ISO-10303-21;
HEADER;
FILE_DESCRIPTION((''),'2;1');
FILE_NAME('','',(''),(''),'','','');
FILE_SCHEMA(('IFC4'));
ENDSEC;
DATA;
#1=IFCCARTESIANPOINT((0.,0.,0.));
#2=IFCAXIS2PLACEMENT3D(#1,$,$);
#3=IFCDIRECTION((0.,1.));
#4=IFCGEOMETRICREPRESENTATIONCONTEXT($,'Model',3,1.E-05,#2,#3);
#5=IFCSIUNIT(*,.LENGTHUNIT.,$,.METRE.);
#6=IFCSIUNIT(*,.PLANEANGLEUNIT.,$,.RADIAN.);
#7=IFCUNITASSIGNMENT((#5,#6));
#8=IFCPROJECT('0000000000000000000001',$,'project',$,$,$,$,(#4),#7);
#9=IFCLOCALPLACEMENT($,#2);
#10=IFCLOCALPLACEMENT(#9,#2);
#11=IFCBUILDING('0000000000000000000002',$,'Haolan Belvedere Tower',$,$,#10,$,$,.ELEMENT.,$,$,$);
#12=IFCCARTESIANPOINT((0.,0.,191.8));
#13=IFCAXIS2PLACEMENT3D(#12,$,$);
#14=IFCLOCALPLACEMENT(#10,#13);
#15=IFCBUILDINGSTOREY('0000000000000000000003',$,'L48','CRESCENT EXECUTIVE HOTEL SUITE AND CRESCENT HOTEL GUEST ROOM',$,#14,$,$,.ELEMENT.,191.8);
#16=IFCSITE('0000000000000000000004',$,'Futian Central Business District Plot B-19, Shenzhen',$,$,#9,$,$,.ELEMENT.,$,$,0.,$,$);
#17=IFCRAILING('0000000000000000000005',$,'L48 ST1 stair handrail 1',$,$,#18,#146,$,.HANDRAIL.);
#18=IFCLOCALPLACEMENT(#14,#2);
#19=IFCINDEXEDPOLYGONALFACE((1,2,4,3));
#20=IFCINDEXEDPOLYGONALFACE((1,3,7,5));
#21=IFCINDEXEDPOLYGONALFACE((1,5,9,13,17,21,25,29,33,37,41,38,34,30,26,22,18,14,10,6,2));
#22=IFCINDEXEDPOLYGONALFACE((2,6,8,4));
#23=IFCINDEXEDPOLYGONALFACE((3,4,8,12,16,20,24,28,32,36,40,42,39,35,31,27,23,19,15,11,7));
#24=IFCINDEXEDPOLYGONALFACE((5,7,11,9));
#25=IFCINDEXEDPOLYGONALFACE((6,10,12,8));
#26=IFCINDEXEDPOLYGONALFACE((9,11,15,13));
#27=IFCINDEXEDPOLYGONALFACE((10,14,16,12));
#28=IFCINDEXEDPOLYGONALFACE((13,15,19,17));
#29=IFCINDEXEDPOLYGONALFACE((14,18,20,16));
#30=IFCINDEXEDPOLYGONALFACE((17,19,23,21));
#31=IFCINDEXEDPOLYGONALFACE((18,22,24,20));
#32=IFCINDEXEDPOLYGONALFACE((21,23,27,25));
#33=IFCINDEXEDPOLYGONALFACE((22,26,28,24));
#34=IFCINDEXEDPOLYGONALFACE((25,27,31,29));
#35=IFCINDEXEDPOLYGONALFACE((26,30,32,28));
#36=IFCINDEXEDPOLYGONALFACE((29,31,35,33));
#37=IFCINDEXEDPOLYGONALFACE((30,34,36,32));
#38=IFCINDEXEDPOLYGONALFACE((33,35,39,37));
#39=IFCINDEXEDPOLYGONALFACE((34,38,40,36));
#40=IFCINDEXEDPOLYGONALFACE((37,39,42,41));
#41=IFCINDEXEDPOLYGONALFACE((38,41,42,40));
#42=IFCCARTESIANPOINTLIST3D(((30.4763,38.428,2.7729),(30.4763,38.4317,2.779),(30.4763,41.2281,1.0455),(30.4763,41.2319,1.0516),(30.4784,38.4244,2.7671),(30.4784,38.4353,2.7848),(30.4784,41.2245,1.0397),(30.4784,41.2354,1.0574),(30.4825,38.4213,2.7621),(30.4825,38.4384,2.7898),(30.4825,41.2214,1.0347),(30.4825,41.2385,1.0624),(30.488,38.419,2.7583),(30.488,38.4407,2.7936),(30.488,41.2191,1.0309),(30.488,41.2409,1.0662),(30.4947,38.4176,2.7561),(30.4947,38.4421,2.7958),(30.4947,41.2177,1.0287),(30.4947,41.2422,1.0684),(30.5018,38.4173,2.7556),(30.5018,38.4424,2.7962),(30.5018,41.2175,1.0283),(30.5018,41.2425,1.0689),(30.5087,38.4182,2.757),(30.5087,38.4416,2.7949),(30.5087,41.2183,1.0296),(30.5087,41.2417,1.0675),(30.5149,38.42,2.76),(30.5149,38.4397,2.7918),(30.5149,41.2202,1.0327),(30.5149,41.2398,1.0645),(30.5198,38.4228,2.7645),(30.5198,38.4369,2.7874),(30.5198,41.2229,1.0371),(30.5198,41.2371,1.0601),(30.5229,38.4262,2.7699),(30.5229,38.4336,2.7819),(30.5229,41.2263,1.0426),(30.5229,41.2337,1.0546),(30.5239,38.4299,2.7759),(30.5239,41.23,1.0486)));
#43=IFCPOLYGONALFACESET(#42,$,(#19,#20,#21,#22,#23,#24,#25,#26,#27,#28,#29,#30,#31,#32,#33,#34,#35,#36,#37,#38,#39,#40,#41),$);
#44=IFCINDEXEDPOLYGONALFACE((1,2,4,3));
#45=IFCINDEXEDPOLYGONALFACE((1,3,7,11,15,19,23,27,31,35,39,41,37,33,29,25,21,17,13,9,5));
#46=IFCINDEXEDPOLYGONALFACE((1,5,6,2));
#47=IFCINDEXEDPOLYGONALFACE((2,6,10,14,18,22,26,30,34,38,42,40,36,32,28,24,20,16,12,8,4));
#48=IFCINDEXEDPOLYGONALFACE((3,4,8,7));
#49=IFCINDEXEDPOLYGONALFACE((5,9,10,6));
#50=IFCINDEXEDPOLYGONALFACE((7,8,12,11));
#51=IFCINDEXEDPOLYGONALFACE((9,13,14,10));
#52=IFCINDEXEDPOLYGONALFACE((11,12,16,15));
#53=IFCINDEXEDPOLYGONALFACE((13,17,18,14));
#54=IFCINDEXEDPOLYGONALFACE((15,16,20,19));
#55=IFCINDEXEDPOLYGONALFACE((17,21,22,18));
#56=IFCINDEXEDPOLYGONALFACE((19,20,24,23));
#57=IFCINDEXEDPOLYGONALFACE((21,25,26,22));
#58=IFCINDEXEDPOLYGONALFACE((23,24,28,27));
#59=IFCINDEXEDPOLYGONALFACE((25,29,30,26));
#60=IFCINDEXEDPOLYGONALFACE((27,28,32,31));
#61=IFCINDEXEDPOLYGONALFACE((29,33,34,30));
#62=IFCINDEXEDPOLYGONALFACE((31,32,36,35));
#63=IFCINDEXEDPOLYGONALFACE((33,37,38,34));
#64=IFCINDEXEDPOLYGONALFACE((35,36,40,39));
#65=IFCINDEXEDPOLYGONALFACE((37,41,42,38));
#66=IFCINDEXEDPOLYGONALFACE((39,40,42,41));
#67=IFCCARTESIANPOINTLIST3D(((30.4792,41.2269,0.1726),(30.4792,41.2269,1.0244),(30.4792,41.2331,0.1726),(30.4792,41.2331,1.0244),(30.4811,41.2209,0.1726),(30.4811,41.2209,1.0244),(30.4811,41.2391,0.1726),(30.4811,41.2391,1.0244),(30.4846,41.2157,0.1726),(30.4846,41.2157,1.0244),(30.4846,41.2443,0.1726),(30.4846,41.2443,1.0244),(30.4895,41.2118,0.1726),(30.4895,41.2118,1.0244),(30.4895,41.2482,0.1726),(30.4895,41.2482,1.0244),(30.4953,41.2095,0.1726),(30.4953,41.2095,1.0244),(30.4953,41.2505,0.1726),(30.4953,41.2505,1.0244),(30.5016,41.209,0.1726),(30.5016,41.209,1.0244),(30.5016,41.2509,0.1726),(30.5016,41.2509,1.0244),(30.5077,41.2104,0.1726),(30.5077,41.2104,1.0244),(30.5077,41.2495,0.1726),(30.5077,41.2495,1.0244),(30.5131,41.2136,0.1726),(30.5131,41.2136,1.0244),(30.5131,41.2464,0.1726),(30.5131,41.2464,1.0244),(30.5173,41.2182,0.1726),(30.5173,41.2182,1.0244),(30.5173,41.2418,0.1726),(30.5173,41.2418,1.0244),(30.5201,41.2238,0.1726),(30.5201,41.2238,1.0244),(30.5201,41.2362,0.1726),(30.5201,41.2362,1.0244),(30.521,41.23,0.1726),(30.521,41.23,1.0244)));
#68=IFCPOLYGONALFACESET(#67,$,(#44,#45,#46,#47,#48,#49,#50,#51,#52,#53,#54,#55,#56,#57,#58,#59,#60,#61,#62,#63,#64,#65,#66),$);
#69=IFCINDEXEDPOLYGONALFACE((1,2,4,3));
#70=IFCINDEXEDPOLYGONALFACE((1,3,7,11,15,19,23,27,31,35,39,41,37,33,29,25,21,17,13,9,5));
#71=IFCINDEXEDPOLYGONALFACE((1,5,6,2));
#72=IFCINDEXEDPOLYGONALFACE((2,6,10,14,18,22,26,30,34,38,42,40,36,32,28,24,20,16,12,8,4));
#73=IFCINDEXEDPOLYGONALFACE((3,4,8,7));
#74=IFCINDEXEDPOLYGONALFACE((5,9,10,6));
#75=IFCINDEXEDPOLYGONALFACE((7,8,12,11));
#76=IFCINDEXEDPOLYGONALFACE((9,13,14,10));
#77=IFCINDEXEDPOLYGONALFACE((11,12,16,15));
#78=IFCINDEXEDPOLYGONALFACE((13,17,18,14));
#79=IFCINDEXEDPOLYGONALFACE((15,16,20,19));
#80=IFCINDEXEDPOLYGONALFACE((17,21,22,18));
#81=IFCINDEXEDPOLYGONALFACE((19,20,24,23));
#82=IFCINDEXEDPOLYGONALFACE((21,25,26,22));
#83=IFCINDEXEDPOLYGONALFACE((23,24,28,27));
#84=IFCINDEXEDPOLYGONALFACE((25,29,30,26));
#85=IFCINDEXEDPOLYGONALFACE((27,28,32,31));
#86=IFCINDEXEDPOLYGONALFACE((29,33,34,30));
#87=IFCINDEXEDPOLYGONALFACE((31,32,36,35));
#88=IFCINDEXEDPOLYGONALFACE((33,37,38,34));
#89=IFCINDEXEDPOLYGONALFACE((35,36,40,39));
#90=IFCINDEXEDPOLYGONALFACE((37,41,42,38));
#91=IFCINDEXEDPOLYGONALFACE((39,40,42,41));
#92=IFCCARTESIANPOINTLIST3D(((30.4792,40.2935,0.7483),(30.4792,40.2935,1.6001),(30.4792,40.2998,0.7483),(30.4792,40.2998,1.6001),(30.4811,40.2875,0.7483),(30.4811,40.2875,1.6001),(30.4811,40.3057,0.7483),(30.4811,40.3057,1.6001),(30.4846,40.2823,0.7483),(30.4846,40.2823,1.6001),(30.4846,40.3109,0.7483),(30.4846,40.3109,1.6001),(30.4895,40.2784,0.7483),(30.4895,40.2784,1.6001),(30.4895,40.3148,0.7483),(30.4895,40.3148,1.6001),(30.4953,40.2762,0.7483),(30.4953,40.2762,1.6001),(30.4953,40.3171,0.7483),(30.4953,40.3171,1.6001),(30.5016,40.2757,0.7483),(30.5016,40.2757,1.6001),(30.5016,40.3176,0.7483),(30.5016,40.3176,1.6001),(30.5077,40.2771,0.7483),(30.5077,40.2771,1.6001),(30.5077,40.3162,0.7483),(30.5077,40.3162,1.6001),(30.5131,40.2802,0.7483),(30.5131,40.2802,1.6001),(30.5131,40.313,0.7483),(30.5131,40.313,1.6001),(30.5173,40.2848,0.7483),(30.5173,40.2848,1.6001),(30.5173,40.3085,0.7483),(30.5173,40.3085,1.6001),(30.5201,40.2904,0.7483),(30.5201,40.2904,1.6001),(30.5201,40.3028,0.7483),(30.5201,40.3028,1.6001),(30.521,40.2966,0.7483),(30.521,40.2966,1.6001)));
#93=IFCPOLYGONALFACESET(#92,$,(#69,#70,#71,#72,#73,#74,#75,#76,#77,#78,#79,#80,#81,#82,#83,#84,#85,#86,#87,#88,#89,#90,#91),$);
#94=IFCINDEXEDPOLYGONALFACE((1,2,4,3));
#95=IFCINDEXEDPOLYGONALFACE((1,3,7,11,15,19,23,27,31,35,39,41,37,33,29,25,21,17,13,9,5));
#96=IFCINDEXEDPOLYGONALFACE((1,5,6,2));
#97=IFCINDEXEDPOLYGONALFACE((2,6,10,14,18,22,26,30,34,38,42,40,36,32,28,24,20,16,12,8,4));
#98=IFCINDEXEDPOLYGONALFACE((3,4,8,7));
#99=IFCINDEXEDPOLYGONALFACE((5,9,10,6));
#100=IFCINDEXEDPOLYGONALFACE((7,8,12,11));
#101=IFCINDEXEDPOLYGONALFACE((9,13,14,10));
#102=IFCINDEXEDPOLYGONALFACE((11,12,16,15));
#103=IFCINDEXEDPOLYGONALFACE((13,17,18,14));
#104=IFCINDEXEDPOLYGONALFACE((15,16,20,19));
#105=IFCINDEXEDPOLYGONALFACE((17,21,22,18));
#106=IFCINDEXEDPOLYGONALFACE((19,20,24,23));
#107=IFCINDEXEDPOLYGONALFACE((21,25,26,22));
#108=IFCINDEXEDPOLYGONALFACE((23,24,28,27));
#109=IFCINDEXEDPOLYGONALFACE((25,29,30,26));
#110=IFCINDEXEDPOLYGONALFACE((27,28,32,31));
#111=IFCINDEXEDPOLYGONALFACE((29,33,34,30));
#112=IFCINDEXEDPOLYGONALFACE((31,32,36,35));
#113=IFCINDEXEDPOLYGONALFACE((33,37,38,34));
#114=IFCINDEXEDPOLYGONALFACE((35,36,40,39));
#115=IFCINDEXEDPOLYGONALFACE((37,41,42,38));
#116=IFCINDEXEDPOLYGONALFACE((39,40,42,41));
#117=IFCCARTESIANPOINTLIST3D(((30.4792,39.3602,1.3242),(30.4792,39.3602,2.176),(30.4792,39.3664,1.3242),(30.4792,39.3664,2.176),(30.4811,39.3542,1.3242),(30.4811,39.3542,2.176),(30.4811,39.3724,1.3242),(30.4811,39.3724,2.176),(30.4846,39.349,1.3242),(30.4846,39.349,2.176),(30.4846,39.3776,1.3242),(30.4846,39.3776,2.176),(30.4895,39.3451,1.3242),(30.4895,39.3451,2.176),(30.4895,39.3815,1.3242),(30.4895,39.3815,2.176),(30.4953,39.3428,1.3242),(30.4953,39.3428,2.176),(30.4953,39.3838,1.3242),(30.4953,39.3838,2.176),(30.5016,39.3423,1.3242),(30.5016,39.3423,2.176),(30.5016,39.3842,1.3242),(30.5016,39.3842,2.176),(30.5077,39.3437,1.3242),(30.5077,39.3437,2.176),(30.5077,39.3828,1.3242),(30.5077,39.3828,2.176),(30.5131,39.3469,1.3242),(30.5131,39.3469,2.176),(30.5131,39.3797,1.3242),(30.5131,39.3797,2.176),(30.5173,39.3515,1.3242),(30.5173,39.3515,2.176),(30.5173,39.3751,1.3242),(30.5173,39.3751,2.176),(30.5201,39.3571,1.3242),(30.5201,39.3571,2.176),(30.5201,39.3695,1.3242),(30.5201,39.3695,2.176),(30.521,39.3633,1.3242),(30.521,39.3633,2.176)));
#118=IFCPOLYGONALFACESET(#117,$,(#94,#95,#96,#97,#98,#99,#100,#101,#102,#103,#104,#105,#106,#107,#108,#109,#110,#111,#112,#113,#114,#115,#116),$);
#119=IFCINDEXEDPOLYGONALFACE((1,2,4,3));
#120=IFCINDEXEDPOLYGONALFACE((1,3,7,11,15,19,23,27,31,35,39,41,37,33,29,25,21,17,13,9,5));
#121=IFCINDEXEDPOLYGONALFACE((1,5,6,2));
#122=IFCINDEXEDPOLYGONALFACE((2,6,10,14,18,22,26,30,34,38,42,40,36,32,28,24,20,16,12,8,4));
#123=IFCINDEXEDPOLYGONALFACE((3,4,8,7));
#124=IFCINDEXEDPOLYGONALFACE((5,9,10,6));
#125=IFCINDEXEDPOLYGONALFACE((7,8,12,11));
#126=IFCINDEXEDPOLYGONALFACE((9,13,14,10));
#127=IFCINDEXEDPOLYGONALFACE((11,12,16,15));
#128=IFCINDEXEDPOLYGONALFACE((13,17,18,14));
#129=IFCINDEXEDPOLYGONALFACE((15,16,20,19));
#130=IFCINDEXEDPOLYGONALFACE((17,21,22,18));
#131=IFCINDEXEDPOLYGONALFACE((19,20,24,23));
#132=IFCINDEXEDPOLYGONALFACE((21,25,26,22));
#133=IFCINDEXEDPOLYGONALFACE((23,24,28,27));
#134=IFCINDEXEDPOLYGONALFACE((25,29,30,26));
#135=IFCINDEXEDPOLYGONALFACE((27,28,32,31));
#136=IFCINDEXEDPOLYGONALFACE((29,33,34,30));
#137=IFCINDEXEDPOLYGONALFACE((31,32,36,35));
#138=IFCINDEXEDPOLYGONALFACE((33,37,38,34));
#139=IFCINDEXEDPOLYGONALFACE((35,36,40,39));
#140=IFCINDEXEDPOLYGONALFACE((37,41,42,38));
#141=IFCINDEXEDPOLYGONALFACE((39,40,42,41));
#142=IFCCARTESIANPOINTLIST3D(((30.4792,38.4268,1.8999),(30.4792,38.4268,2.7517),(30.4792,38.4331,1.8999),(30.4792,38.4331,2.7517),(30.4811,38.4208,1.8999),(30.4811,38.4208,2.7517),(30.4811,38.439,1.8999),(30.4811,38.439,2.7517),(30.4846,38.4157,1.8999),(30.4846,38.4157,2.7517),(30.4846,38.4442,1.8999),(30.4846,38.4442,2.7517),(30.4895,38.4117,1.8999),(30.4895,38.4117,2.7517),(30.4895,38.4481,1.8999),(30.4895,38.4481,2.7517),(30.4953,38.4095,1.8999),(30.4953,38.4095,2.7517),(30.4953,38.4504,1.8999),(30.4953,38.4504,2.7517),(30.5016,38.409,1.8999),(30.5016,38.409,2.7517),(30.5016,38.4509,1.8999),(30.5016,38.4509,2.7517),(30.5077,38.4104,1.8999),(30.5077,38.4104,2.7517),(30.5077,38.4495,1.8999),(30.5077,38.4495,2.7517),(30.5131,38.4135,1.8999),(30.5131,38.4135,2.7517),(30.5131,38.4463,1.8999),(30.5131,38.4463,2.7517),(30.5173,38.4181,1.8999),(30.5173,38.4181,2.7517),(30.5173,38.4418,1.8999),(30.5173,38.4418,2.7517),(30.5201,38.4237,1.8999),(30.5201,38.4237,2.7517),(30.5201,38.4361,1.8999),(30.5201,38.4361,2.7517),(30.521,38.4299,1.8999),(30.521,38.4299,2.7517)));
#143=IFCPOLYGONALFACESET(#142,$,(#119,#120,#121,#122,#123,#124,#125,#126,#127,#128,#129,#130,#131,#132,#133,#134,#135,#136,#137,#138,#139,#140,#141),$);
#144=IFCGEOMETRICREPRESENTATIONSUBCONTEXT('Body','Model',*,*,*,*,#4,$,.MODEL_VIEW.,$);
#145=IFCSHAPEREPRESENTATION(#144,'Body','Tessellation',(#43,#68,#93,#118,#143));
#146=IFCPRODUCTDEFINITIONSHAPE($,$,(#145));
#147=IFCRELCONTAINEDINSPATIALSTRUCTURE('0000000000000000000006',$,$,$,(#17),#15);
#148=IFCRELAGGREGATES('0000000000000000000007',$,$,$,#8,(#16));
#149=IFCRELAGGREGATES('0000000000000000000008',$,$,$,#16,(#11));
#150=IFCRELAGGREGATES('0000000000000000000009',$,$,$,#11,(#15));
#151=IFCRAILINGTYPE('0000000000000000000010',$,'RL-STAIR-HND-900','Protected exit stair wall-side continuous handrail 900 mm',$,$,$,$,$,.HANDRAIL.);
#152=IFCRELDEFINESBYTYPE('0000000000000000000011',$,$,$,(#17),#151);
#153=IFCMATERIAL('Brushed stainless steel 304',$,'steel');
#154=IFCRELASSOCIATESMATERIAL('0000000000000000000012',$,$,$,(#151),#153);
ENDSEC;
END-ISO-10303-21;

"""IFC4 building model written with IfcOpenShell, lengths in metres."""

from ifc_helpers import new_model, si_unit, direction, frame, origin, origin_2d, place, context, subcontext, project, spatial, circle, extrude, material, type_object, element, save


model = new_model("IFC4")

# Units and contexts
model_context = context("Model", 3, precision=1e-05, world=origin(), true_north=direction((0.0, 1.0)))
body_context = subcontext(model_context, "Body", "Model", "MODEL_VIEW")
ifc_project = project(units=[si_unit("LENGTHUNIT", "METRE"), si_unit("PLANEANGLEUNIT", "RADIAN")], contexts=[model_context])

# Site, building, storey
site_placement = place(None, origin())
site = spatial("IfcSite", under=ifc_project, at=site_placement, Name="Futian Central Business District Plot B-19, Shenzhen", CompositionType="ELEMENT", RefElevation=0.0)
building_placement = place(site_placement, origin())
building = spatial("IfcBuilding", under=site, at=building_placement, Name="Haolan Belvedere Tower", CompositionType="ELEMENT")
storey_placement = place(building_placement, frame((0.0, 0.0, 191.8)))
storey = spatial("IfcBuildingStorey", under=building, at=storey_placement, Name="L48", Description="CRESCENT EXECUTIVE HOTEL SUITE AND CRESCENT HOTEL GUEST ROOM", CompositionType="ELEMENT", Elevation=191.8)

# Railing
ifc_material_1 = material(Name="Brushed stainless steel 304", Category="steel")
railing_type_1 = type_object("IfcRailingType", Name="RL-STAIR-HND-900", Description="Protected exit stair wall-side continuous handrail 900 mm", PredefinedType="HANDRAIL", material=ifc_material_1)
railing_1_placement = place(storey_placement, frame((30.5, 41.23, 0.1726)))
element("IfcRailing", 1, at=railing_1_placement, inside=storey, type_object=railing_type_1, Name="L48 ST1 stair handrail 1", PredefinedType="HANDRAIL", context=body_context, shape_type="SweptSolid", body=[
    extrude(circle(Radius=0.0239, at=origin_2d()), frame((0.0, 0.0, 0.876), z_axis=(0.0, -0.85109, 0.52502), x_axis=(1.0, 0.0, 0.0)), (0.0, 0.0, 1.0), 3.29),
    extrude(circle(Radius=0.021, at=origin_2d()), origin(), (0.0, 0.0, 1.0), 0.8518),
    extrude(circle(Radius=0.021, at=origin_2d()), frame((0.0, -0.9333, 0.5757)), (0.0, 0.0, 1.0), 0.8518),
    extrude(circle(Radius=0.021, at=origin_2d()), frame((0.0, -1.8667, 1.1516)), (0.0, 0.0, 1.0), 0.8518),
    extrude(circle(Radius=0.021, at=origin_2d()), frame((0.0, -2.8, 1.7273)), (0.0, 0.0, 1.0), 0.8518),
])

save(model, "model.ifc")
